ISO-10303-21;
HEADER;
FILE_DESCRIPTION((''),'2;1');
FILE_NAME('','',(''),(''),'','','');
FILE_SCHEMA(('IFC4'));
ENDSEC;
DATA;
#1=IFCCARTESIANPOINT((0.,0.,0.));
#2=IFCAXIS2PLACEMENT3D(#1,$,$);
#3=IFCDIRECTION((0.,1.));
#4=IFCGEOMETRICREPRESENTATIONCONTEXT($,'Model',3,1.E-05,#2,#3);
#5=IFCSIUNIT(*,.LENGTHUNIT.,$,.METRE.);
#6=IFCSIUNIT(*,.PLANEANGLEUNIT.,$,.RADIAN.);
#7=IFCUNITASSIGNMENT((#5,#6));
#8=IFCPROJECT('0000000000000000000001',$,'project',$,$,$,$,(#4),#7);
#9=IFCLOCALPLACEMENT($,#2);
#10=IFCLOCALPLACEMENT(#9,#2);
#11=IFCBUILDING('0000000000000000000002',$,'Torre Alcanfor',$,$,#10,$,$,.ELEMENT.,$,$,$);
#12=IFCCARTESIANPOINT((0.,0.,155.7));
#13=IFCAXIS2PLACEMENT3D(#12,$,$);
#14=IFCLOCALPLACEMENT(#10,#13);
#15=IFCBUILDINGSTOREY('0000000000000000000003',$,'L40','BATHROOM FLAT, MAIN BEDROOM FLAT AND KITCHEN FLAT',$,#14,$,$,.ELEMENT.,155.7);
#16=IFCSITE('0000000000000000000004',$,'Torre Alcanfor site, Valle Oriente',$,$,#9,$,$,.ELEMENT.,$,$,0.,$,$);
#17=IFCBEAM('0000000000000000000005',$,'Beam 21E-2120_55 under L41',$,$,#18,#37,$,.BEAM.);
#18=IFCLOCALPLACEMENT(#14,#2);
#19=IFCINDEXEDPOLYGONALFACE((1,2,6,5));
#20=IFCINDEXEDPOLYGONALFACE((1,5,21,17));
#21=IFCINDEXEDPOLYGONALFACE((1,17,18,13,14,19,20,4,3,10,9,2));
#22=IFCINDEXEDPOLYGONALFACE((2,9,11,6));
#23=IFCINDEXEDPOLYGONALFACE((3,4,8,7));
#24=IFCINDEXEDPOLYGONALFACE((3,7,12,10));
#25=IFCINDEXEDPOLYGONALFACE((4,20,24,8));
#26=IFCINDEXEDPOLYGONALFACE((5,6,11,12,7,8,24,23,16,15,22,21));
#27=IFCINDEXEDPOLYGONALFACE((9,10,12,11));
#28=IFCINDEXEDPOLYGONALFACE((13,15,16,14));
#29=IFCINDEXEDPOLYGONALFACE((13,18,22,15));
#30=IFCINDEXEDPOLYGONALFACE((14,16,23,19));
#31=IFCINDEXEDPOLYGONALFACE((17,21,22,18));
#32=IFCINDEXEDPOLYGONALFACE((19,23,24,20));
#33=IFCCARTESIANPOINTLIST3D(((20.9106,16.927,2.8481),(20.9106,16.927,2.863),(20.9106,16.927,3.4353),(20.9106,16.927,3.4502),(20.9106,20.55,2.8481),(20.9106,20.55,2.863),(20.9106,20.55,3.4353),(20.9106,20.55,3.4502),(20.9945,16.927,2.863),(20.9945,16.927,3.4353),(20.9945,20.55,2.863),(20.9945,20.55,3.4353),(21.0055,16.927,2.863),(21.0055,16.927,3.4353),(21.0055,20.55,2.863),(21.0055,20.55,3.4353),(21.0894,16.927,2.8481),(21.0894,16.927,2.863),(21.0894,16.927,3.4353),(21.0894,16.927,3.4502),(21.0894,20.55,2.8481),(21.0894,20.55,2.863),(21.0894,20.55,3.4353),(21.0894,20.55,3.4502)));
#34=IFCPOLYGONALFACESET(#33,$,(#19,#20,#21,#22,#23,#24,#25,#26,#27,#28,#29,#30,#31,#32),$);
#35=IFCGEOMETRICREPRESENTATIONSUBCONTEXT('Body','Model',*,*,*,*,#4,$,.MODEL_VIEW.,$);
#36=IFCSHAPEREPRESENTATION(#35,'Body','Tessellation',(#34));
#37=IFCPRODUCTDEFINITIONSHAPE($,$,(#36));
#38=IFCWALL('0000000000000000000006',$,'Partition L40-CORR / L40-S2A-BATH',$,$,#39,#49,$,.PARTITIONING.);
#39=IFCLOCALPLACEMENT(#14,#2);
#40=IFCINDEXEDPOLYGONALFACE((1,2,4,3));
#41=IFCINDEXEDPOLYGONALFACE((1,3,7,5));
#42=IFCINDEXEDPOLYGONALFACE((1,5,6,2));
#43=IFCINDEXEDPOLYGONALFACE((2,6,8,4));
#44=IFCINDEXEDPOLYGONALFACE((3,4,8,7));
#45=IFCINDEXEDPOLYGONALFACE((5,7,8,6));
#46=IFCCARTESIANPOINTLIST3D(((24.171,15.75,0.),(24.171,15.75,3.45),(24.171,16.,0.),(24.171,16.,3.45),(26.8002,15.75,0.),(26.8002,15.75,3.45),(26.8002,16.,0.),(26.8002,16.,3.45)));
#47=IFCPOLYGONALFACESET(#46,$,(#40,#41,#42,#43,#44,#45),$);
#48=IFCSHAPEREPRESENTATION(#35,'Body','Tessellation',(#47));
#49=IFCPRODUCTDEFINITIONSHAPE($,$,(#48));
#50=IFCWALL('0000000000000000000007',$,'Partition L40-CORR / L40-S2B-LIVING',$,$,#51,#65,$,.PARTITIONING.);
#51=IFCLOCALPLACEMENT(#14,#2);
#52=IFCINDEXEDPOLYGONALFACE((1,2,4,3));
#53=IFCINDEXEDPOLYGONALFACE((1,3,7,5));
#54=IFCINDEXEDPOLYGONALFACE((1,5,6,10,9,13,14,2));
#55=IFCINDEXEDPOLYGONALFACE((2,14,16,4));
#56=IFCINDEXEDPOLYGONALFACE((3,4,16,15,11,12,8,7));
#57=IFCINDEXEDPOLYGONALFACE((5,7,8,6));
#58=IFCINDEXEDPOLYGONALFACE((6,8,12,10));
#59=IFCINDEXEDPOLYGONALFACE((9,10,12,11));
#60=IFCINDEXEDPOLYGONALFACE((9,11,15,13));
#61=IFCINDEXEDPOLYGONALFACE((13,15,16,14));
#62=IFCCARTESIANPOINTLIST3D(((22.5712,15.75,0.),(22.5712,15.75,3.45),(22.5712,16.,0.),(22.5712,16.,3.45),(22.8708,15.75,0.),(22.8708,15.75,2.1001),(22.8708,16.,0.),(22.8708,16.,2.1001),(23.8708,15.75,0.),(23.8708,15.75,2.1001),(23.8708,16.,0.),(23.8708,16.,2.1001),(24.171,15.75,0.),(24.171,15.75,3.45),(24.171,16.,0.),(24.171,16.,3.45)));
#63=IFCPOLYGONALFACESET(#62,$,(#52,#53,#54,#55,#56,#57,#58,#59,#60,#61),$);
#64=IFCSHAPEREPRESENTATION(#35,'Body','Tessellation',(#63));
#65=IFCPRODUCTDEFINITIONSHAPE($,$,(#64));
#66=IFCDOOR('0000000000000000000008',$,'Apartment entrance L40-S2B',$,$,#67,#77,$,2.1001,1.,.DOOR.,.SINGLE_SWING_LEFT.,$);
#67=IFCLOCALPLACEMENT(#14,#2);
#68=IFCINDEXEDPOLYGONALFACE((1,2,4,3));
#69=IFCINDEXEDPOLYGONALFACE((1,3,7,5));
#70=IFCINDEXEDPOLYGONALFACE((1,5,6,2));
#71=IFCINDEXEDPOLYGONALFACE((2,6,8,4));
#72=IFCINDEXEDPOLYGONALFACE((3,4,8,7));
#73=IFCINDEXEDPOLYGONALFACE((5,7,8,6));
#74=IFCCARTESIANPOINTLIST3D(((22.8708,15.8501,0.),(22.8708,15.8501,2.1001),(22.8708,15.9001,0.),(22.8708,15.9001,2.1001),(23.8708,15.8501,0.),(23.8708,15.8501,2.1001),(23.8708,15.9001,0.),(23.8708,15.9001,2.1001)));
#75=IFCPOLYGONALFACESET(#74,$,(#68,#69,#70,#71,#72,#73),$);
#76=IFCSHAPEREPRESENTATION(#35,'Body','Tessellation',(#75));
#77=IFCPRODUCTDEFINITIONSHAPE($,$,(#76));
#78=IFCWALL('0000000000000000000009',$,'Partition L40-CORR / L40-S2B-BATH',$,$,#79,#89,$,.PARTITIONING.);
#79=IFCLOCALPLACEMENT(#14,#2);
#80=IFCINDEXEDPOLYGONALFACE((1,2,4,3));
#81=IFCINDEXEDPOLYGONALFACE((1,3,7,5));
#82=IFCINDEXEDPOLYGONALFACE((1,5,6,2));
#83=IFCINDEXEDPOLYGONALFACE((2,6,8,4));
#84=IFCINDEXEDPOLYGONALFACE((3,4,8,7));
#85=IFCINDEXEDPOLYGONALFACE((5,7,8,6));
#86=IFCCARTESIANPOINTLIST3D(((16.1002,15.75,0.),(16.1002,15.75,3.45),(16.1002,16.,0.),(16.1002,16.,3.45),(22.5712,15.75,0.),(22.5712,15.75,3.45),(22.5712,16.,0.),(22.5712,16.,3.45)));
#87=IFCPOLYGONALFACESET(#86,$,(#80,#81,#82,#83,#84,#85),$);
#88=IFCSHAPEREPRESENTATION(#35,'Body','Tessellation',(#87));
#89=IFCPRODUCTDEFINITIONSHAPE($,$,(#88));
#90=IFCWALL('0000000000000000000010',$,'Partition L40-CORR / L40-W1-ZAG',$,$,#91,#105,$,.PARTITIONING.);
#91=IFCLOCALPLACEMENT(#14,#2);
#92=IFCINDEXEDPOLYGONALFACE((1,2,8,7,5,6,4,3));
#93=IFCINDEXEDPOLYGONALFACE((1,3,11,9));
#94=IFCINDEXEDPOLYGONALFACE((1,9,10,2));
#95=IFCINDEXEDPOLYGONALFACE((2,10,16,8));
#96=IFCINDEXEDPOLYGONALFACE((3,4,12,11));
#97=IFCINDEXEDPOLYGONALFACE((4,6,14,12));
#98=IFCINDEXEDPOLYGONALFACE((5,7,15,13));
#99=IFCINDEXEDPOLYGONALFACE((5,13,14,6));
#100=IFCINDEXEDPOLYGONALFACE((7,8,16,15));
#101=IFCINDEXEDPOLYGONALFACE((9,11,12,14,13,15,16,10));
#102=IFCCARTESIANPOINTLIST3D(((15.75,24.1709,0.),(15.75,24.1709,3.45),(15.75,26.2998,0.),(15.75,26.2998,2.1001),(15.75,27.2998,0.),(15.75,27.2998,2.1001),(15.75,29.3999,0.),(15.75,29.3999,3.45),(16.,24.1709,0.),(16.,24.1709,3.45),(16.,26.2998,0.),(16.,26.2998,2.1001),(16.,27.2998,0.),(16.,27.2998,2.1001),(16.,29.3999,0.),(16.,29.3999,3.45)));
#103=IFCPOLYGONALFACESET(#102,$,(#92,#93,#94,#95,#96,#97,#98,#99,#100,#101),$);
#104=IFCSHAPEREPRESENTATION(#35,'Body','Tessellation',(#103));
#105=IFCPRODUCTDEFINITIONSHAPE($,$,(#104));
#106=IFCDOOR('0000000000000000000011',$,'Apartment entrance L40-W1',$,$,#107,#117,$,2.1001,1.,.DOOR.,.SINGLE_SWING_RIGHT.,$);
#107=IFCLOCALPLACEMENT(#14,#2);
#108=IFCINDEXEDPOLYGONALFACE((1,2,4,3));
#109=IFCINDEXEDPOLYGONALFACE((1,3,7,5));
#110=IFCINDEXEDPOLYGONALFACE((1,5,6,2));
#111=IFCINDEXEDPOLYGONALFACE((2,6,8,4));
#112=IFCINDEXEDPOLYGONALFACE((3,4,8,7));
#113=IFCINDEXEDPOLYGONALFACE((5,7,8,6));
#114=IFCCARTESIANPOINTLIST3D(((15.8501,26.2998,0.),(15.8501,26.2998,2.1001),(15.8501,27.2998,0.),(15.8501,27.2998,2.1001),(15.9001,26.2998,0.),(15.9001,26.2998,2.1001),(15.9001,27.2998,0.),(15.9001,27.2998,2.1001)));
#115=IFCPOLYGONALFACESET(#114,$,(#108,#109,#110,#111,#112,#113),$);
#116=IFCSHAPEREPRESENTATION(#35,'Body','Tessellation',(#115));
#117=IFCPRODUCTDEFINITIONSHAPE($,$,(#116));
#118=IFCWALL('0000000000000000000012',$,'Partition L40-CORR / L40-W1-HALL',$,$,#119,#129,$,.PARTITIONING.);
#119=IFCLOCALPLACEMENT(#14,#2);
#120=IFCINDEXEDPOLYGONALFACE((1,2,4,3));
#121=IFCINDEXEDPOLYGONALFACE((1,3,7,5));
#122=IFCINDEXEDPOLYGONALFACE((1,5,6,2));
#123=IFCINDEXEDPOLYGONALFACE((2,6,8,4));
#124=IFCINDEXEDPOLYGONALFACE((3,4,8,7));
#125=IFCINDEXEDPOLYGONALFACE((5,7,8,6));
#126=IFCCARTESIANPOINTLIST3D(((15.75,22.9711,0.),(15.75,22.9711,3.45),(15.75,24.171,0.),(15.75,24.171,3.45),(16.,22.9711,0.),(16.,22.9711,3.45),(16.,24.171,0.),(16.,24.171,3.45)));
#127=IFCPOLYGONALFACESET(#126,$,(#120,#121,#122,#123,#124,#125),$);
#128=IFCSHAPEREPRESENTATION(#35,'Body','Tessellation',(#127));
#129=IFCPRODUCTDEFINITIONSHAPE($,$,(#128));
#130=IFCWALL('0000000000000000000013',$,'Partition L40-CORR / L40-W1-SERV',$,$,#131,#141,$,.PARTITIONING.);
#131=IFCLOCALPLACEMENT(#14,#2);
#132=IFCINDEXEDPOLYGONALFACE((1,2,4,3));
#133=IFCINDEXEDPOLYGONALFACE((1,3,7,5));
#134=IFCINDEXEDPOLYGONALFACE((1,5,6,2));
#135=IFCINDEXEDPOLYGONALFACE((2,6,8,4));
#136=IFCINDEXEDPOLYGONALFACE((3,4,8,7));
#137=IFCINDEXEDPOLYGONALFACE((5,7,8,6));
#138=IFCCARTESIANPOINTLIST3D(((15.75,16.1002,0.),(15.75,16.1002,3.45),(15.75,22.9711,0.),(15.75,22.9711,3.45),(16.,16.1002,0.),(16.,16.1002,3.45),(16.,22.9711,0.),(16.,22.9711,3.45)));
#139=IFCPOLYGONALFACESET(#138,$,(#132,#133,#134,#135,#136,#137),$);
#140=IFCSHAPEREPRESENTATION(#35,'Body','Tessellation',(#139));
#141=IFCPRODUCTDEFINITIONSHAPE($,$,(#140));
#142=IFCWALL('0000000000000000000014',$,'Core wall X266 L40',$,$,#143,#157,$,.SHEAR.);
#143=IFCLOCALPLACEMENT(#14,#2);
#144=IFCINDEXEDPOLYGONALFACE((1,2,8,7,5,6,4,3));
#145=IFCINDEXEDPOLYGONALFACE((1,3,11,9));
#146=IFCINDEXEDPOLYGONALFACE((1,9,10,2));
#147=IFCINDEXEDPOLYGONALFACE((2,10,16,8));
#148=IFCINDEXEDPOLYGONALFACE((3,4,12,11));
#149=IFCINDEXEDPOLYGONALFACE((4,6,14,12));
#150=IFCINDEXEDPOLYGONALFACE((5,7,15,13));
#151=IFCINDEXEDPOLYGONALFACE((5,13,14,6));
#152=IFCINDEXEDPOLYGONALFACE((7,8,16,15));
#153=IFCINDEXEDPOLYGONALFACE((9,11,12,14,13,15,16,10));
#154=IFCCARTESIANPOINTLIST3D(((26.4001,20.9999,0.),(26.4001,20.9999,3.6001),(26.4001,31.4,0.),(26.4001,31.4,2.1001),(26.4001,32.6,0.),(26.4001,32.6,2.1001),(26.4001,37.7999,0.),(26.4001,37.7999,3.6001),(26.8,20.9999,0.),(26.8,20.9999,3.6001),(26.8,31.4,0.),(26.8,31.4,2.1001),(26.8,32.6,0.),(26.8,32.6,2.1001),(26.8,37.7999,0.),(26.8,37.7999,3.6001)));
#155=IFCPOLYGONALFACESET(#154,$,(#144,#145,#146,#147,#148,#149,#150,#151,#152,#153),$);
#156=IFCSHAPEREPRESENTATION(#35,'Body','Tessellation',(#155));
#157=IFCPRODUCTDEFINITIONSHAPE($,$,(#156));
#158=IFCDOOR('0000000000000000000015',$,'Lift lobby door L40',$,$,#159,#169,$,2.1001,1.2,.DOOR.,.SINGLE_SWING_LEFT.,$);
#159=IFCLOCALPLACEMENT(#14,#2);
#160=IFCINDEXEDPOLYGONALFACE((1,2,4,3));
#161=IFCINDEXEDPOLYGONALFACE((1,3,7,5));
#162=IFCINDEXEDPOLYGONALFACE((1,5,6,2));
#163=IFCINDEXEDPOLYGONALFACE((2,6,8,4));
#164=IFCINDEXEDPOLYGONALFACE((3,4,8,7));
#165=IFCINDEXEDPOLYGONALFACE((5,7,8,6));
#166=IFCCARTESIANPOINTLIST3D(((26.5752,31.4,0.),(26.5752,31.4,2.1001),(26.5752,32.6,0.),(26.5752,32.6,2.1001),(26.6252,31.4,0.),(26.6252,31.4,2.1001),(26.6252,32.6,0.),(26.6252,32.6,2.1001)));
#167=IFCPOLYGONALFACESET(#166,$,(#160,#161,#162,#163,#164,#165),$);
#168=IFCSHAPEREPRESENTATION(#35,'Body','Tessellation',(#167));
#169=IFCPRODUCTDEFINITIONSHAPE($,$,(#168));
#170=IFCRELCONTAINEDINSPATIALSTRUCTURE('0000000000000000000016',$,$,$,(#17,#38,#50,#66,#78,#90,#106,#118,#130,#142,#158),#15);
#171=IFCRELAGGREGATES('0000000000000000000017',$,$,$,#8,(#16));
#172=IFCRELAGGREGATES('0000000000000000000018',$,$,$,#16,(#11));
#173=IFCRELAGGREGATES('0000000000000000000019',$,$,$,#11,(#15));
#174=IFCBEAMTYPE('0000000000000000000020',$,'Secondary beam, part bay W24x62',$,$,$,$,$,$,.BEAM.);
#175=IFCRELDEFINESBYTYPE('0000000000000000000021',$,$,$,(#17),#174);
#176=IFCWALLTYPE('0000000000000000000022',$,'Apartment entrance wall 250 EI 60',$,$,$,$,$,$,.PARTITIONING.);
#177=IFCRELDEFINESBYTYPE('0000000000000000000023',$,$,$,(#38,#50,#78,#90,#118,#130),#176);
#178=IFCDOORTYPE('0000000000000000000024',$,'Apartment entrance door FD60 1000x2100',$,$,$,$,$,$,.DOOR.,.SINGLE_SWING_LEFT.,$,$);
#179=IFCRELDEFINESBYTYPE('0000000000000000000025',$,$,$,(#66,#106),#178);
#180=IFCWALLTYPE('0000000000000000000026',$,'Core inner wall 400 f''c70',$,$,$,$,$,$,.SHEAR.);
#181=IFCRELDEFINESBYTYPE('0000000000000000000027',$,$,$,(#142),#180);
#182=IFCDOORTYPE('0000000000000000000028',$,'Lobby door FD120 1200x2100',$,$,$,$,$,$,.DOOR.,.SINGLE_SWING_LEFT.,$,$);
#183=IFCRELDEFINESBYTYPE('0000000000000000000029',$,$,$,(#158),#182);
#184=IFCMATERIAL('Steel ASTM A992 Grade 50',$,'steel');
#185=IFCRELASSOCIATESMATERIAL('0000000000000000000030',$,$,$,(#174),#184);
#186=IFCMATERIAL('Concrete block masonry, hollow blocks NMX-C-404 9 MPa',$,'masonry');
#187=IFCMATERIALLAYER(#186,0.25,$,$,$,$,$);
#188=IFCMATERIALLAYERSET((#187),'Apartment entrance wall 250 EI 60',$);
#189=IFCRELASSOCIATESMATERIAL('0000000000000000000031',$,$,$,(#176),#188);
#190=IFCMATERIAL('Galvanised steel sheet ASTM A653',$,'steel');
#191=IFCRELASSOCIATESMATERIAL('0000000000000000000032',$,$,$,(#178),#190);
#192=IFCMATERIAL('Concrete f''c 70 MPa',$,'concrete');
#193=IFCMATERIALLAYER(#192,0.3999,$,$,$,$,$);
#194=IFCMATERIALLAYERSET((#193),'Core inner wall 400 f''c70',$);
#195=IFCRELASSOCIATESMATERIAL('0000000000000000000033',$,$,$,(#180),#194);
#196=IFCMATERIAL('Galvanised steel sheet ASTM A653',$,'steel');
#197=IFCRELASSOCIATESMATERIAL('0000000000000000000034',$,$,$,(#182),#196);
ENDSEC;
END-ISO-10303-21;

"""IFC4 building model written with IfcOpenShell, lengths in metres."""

from ifc_helpers import new_model, si_unit, direction, frame, frame_2d, origin, origin_2d, place, context, subcontext, project, spatial, rectangle, i_section, extrude, material, layer, layer_set, material_profile, profile_set, type_object, element, fill, save


model = new_model("IFC4")

# Units and contexts
model_context = context("Model", 3, precision=1e-05, world=origin(), true_north=direction((0.0, 1.0)))
body_context = subcontext(model_context, "Body", "Model", "MODEL_VIEW")
ifc_project = project(units=[si_unit("LENGTHUNIT", "METRE"), si_unit("PLANEANGLEUNIT", "RADIAN")], contexts=[model_context])

# Site, building, storey
site_placement = place(None, origin())
site = spatial("IfcSite", under=ifc_project, at=site_placement, Name="Torre Alcanfor site, Valle Oriente", CompositionType="ELEMENT", RefElevation=0.0)
building_placement = place(site_placement, origin())
building = spatial("IfcBuilding", under=site, at=building_placement, Name="Torre Alcanfor", CompositionType="ELEMENT")
storey_placement = place(building_placement, frame((0.0, 0.0, 155.7)))
storey = spatial("IfcBuildingStorey", under=building, at=storey_placement, Name="L40", Description="BATHROOM FLAT, MAIN BEDROOM FLAT AND KITCHEN FLAT", CompositionType="ELEMENT", Elevation=155.7)

# Beam
ifc_material_1 = material(Name="Steel ASTM A992 Grade 50", Category="steel")
ifc_material_profile_1 = material_profile(ifc_material_1, i_section(OverallWidth=0.1787, OverallDepth=0.6021, WebThickness=0.011, FlangeThickness=0.0149, at=origin_2d()), Name="W24x62")
ifc_profile_set_1 = profile_set([ifc_material_profile_1], Name="Steel ASTM A992 Grade 50")
beam_type_1 = type_object("IfcBeamType", Name="Secondary beam, part bay W24x62", PredefinedType="BEAM", material=ifc_profile_set_1)
beam_1_placement = place(storey_placement, frame((21.0, 16.927, 3.1492), z_axis=(0.0, 1.0, 0.0), x_axis=(-1.0, 0.0, 0.0)))
element("IfcBeam", 1, at=beam_1_placement, inside=storey, type_object=beam_type_1, Name="Beam 21E-2120_55 under L41", PredefinedType="BEAM", context=body_context, shape_type="SweptSolid", body=[
    extrude(i_section(OverallWidth=0.1787, OverallDepth=0.6021, WebThickness=0.011, FlangeThickness=0.0149, at=origin_2d()), origin(), (0.0, 0.0, 1.0), 3.623),
])

# Wall
ifc_material_2 = material(Name="Concrete block masonry, hollow blocks NMX-C-404 9 MPa", Category="masonry")
ifc_layer_1 = layer(ifc_material_2, 0.25)
ifc_layer_set_1 = layer_set([ifc_layer_1], Name="Apartment entrance wall 250 EI 60")
wall_type_1 = type_object("IfcWallType", Name="Apartment entrance wall 250 EI 60", PredefinedType="PARTITIONING", material=ifc_layer_set_1)
wall_1_placement = place(storey_placement, frame((26.8, 15.875, 0.0), z_axis=(0.0, 0.0, 1.0), x_axis=(-1.0, 0.0, 0.0)))
element("IfcWall", 2, at=wall_1_placement, inside=storey, type_object=wall_type_1, Name="Partition L40-CORR / L40-S2A-BATH", PredefinedType="PARTITIONING", context=body_context, shape_type="SweptSolid", body=[
    extrude(rectangle(XDim=2.6292, YDim=0.25, at=frame_2d((1.3145, 0.0))), origin(), (0.0, 0.0, 1.0), 3.45),
])

# Wall, opening, door
wall_2_placement = place(storey_placement, frame((24.1709, 15.875, 0.0), z_axis=(0.0, 0.0, 1.0), x_axis=(-1.0, 0.0, 0.0)))
wall_2 = element("IfcWall", 3, at=wall_2_placement, inside=storey, type_object=wall_type_1, Name="Partition L40-CORR / L40-S2B-LIVING", PredefinedType="PARTITIONING", context=body_context, shape_type="SweptSolid", body=[
    extrude(rectangle(XDim=1.5999, YDim=0.25, at=frame_2d((0.7998, 0.0))), origin(), (0.0, 0.0, 1.0), 3.45),
])
opening_1_placement = place(wall_2_placement, frame((0.3, 0.0, 0.0)))
opening_1 = element("IfcOpeningElement", 4, at=opening_1_placement, cuts=wall_2, PredefinedType="OPENING", context=body_context, shape_type="SweptSolid", body=[
    extrude(rectangle(XDim=1.0, YDim=2.1001, at=frame_2d((0.5, 1.05))), frame((0.0, 0.135, 0.0), z_axis=(0.0, -1.0, 0.0), x_axis=(1.0, 0.0, 0.0)), (0.0, 0.0, 1.0), 0.27),
])
ifc_material_3 = material(Name="Galvanised steel sheet ASTM A653", Category="steel")
door_type_1 = type_object("IfcDoorType", Name="Apartment entrance door FD60 1000x2100", OperationType="SINGLE_SWING_LEFT", PredefinedType="DOOR", material=ifc_material_3)
door_1_placement = place(opening_1_placement, origin())
door_1 = element("IfcDoor", 5, at=door_1_placement, inside=storey, type_object=door_type_1, Name="Apartment entrance L40-S2B", OperationType="SINGLE_SWING_LEFT", OverallHeight=2.1001, OverallWidth=1.0, PredefinedType="DOOR", context=body_context, shape_type="SweptSolid", body=[
    extrude(rectangle(XDim=1.0, YDim=2.1001, at=frame_2d((0.5, 1.05))), frame((0.0, 0.0249, 0.0), z_axis=(0.0, -1.0, 0.0), x_axis=(1.0, 0.0, 0.0)), (0.0, 0.0, 1.0), 0.05),
])
fill(opening_1, door_1)

# Wall
wall_3_placement = place(storey_placement, frame((22.571, 15.875, 0.0), z_axis=(0.0, 0.0, 1.0), x_axis=(-1.0, 0.0, 0.0)))
element("IfcWall", 6, at=wall_3_placement, inside=storey, type_object=wall_type_1, Name="Partition L40-CORR / L40-S2B-BATH", PredefinedType="PARTITIONING", context=body_context, shape_type="SweptSolid", body=[
    extrude(rectangle(XDim=6.4709, YDim=0.25, at=frame_2d((3.2354, 0.0))), origin(), (0.0, 0.0, 1.0), 3.45),
])

# Wall, opening, door
wall_4_placement = place(storey_placement, frame((15.875, 24.1709, 0.0), z_axis=(0.0, 0.0, 1.0), x_axis=(0.0, 1.0, 0.0)))
wall_4 = element("IfcWall", 7, at=wall_4_placement, inside=storey, type_object=wall_type_1, Name="Partition L40-CORR / L40-W1-ZAG", PredefinedType="PARTITIONING", context=body_context, shape_type="SweptSolid", body=[
    extrude(rectangle(XDim=5.229, YDim=0.25, at=frame_2d((2.6145, 0.0))), origin(), (0.0, 0.0, 1.0), 3.45),
])
opening_2_placement = place(wall_4_placement, frame((2.1289, 0.0, 0.0)))
opening_2 = element("IfcOpeningElement", 8, at=opening_2_placement, cuts=wall_4, PredefinedType="OPENING", context=body_context, shape_type="SweptSolid", body=[
    extrude(rectangle(XDim=1.0, YDim=2.1001, at=frame_2d((0.5, 1.05))), frame((0.0, 0.135, 0.0), z_axis=(0.0, -1.0, 0.0), x_axis=(1.0, 0.0, 0.0)), (0.0, 0.0, 1.0), 0.27),
])
door_2_placement = place(opening_2_placement, origin())
door_2 = element("IfcDoor", 9, at=door_2_placement, inside=storey, type_object=door_type_1, Name="Apartment entrance L40-W1", OperationType="SINGLE_SWING_RIGHT", OverallHeight=2.1001, OverallWidth=1.0, PredefinedType="DOOR", context=body_context, shape_type="SweptSolid", body=[
    extrude(rectangle(XDim=1.0, YDim=2.1001, at=frame_2d((0.5, 1.05))), frame((0.0, 0.0249, 0.0), z_axis=(0.0, -1.0, 0.0), x_axis=(1.0, 0.0, 0.0)), (0.0, 0.0, 1.0), 0.05),
])
fill(opening_2, door_2)

# Walls
wall_5_placement = place(storey_placement, frame((15.875, 22.9709, 0.0), z_axis=(0.0, 0.0, 1.0), x_axis=(0.0, 1.0, 0.0)))
element("IfcWall", 10, at=wall_5_placement, inside=storey, type_object=wall_type_1, Name="Partition L40-CORR / L40-W1-HALL", PredefinedType="PARTITIONING", context=body_context, shape_type="SweptSolid", body=[
    extrude(rectangle(XDim=1.2, YDim=0.25, at=frame_2d((0.6001, 0.0))), origin(), (0.0, 0.0, 1.0), 3.45),
])
wall_6_placement = place(storey_placement, frame((15.875, 16.1001, 0.0), z_axis=(0.0, 0.0, 1.0), x_axis=(0.0, 1.0, 0.0)))
element("IfcWall", 11, at=wall_6_placement, inside=storey, type_object=wall_type_1, Name="Partition L40-CORR / L40-W1-SERV", PredefinedType="PARTITIONING", context=body_context, shape_type="SweptSolid", body=[
    extrude(rectangle(XDim=6.8708, YDim=0.25, at=frame_2d((3.4355, 0.0))), origin(), (0.0, 0.0, 1.0), 3.45),
])

# Wall, opening, door
ifc_material_4 = material(Name="Concrete f'c 70 MPa", Category="concrete")
ifc_layer_2 = layer(ifc_material_4, 0.3999)
ifc_layer_set_2 = layer_set([ifc_layer_2], Name="Core inner wall 400 f'c70")
wall_type_2 = type_object("IfcWallType", Name="Core inner wall 400 f'c70", PredefinedType="SHEAR", material=ifc_layer_set_2)
wall_7_placement = place(storey_placement, frame((26.6001, 21.0, 0.0), z_axis=(0.0, 0.0, 1.0), x_axis=(0.0, 1.0, 0.0)))
wall_7 = element("IfcWall", 12, at=wall_7_placement, inside=storey, type_object=wall_type_2, Name="Core wall X266 L40", PredefinedType="SHEAR", context=body_context, shape_type="SweptSolid", body=[
    extrude(rectangle(XDim=16.8, YDim=0.3999, at=frame_2d((8.3999, 0.0))), origin(), (0.0, 0.0, 1.0), 3.6001),
])
opening_3_placement = place(wall_7_placement, frame((10.3999, 0.0, 0.0)))
opening_3 = element("IfcOpeningElement", 13, at=opening_3_placement, cuts=wall_7, PredefinedType="OPENING", context=body_context, shape_type="SweptSolid", body=[
    extrude(rectangle(XDim=1.2, YDim=2.1001, at=frame_2d((0.6001, 1.05))), frame((0.0, 0.21, 0.0), z_axis=(0.0, -1.0, 0.0), x_axis=(1.0, 0.0, 0.0)), (0.0, 0.0, 1.0), 0.4199),
])
ifc_material_5 = material(Name="Galvanised steel sheet ASTM A653", Category="steel")
door_type_2 = type_object("IfcDoorType", Name="Lobby door FD120 1200x2100", OperationType="SINGLE_SWING_LEFT", PredefinedType="DOOR", material=ifc_material_5)
door_3_placement = place(opening_3_placement, origin())
door_3 = element("IfcDoor", 14, at=door_3_placement, inside=storey, type_object=door_type_2, Name="Lift lobby door L40", OperationType="SINGLE_SWING_LEFT", OverallHeight=2.1001, OverallWidth=1.2, PredefinedType="DOOR", context=body_context, shape_type="SweptSolid", body=[
    extrude(rectangle(XDim=1.2, YDim=2.1001, at=frame_2d((0.6001, 1.05))), frame((0.0, 0.0249, 0.0), z_axis=(0.0, -1.0, 0.0), x_axis=(1.0, 0.0, 0.0)), (0.0, 0.0, 1.0), 0.05),
])
fill(opening_3, door_3)

save(model, "model.ifc")
